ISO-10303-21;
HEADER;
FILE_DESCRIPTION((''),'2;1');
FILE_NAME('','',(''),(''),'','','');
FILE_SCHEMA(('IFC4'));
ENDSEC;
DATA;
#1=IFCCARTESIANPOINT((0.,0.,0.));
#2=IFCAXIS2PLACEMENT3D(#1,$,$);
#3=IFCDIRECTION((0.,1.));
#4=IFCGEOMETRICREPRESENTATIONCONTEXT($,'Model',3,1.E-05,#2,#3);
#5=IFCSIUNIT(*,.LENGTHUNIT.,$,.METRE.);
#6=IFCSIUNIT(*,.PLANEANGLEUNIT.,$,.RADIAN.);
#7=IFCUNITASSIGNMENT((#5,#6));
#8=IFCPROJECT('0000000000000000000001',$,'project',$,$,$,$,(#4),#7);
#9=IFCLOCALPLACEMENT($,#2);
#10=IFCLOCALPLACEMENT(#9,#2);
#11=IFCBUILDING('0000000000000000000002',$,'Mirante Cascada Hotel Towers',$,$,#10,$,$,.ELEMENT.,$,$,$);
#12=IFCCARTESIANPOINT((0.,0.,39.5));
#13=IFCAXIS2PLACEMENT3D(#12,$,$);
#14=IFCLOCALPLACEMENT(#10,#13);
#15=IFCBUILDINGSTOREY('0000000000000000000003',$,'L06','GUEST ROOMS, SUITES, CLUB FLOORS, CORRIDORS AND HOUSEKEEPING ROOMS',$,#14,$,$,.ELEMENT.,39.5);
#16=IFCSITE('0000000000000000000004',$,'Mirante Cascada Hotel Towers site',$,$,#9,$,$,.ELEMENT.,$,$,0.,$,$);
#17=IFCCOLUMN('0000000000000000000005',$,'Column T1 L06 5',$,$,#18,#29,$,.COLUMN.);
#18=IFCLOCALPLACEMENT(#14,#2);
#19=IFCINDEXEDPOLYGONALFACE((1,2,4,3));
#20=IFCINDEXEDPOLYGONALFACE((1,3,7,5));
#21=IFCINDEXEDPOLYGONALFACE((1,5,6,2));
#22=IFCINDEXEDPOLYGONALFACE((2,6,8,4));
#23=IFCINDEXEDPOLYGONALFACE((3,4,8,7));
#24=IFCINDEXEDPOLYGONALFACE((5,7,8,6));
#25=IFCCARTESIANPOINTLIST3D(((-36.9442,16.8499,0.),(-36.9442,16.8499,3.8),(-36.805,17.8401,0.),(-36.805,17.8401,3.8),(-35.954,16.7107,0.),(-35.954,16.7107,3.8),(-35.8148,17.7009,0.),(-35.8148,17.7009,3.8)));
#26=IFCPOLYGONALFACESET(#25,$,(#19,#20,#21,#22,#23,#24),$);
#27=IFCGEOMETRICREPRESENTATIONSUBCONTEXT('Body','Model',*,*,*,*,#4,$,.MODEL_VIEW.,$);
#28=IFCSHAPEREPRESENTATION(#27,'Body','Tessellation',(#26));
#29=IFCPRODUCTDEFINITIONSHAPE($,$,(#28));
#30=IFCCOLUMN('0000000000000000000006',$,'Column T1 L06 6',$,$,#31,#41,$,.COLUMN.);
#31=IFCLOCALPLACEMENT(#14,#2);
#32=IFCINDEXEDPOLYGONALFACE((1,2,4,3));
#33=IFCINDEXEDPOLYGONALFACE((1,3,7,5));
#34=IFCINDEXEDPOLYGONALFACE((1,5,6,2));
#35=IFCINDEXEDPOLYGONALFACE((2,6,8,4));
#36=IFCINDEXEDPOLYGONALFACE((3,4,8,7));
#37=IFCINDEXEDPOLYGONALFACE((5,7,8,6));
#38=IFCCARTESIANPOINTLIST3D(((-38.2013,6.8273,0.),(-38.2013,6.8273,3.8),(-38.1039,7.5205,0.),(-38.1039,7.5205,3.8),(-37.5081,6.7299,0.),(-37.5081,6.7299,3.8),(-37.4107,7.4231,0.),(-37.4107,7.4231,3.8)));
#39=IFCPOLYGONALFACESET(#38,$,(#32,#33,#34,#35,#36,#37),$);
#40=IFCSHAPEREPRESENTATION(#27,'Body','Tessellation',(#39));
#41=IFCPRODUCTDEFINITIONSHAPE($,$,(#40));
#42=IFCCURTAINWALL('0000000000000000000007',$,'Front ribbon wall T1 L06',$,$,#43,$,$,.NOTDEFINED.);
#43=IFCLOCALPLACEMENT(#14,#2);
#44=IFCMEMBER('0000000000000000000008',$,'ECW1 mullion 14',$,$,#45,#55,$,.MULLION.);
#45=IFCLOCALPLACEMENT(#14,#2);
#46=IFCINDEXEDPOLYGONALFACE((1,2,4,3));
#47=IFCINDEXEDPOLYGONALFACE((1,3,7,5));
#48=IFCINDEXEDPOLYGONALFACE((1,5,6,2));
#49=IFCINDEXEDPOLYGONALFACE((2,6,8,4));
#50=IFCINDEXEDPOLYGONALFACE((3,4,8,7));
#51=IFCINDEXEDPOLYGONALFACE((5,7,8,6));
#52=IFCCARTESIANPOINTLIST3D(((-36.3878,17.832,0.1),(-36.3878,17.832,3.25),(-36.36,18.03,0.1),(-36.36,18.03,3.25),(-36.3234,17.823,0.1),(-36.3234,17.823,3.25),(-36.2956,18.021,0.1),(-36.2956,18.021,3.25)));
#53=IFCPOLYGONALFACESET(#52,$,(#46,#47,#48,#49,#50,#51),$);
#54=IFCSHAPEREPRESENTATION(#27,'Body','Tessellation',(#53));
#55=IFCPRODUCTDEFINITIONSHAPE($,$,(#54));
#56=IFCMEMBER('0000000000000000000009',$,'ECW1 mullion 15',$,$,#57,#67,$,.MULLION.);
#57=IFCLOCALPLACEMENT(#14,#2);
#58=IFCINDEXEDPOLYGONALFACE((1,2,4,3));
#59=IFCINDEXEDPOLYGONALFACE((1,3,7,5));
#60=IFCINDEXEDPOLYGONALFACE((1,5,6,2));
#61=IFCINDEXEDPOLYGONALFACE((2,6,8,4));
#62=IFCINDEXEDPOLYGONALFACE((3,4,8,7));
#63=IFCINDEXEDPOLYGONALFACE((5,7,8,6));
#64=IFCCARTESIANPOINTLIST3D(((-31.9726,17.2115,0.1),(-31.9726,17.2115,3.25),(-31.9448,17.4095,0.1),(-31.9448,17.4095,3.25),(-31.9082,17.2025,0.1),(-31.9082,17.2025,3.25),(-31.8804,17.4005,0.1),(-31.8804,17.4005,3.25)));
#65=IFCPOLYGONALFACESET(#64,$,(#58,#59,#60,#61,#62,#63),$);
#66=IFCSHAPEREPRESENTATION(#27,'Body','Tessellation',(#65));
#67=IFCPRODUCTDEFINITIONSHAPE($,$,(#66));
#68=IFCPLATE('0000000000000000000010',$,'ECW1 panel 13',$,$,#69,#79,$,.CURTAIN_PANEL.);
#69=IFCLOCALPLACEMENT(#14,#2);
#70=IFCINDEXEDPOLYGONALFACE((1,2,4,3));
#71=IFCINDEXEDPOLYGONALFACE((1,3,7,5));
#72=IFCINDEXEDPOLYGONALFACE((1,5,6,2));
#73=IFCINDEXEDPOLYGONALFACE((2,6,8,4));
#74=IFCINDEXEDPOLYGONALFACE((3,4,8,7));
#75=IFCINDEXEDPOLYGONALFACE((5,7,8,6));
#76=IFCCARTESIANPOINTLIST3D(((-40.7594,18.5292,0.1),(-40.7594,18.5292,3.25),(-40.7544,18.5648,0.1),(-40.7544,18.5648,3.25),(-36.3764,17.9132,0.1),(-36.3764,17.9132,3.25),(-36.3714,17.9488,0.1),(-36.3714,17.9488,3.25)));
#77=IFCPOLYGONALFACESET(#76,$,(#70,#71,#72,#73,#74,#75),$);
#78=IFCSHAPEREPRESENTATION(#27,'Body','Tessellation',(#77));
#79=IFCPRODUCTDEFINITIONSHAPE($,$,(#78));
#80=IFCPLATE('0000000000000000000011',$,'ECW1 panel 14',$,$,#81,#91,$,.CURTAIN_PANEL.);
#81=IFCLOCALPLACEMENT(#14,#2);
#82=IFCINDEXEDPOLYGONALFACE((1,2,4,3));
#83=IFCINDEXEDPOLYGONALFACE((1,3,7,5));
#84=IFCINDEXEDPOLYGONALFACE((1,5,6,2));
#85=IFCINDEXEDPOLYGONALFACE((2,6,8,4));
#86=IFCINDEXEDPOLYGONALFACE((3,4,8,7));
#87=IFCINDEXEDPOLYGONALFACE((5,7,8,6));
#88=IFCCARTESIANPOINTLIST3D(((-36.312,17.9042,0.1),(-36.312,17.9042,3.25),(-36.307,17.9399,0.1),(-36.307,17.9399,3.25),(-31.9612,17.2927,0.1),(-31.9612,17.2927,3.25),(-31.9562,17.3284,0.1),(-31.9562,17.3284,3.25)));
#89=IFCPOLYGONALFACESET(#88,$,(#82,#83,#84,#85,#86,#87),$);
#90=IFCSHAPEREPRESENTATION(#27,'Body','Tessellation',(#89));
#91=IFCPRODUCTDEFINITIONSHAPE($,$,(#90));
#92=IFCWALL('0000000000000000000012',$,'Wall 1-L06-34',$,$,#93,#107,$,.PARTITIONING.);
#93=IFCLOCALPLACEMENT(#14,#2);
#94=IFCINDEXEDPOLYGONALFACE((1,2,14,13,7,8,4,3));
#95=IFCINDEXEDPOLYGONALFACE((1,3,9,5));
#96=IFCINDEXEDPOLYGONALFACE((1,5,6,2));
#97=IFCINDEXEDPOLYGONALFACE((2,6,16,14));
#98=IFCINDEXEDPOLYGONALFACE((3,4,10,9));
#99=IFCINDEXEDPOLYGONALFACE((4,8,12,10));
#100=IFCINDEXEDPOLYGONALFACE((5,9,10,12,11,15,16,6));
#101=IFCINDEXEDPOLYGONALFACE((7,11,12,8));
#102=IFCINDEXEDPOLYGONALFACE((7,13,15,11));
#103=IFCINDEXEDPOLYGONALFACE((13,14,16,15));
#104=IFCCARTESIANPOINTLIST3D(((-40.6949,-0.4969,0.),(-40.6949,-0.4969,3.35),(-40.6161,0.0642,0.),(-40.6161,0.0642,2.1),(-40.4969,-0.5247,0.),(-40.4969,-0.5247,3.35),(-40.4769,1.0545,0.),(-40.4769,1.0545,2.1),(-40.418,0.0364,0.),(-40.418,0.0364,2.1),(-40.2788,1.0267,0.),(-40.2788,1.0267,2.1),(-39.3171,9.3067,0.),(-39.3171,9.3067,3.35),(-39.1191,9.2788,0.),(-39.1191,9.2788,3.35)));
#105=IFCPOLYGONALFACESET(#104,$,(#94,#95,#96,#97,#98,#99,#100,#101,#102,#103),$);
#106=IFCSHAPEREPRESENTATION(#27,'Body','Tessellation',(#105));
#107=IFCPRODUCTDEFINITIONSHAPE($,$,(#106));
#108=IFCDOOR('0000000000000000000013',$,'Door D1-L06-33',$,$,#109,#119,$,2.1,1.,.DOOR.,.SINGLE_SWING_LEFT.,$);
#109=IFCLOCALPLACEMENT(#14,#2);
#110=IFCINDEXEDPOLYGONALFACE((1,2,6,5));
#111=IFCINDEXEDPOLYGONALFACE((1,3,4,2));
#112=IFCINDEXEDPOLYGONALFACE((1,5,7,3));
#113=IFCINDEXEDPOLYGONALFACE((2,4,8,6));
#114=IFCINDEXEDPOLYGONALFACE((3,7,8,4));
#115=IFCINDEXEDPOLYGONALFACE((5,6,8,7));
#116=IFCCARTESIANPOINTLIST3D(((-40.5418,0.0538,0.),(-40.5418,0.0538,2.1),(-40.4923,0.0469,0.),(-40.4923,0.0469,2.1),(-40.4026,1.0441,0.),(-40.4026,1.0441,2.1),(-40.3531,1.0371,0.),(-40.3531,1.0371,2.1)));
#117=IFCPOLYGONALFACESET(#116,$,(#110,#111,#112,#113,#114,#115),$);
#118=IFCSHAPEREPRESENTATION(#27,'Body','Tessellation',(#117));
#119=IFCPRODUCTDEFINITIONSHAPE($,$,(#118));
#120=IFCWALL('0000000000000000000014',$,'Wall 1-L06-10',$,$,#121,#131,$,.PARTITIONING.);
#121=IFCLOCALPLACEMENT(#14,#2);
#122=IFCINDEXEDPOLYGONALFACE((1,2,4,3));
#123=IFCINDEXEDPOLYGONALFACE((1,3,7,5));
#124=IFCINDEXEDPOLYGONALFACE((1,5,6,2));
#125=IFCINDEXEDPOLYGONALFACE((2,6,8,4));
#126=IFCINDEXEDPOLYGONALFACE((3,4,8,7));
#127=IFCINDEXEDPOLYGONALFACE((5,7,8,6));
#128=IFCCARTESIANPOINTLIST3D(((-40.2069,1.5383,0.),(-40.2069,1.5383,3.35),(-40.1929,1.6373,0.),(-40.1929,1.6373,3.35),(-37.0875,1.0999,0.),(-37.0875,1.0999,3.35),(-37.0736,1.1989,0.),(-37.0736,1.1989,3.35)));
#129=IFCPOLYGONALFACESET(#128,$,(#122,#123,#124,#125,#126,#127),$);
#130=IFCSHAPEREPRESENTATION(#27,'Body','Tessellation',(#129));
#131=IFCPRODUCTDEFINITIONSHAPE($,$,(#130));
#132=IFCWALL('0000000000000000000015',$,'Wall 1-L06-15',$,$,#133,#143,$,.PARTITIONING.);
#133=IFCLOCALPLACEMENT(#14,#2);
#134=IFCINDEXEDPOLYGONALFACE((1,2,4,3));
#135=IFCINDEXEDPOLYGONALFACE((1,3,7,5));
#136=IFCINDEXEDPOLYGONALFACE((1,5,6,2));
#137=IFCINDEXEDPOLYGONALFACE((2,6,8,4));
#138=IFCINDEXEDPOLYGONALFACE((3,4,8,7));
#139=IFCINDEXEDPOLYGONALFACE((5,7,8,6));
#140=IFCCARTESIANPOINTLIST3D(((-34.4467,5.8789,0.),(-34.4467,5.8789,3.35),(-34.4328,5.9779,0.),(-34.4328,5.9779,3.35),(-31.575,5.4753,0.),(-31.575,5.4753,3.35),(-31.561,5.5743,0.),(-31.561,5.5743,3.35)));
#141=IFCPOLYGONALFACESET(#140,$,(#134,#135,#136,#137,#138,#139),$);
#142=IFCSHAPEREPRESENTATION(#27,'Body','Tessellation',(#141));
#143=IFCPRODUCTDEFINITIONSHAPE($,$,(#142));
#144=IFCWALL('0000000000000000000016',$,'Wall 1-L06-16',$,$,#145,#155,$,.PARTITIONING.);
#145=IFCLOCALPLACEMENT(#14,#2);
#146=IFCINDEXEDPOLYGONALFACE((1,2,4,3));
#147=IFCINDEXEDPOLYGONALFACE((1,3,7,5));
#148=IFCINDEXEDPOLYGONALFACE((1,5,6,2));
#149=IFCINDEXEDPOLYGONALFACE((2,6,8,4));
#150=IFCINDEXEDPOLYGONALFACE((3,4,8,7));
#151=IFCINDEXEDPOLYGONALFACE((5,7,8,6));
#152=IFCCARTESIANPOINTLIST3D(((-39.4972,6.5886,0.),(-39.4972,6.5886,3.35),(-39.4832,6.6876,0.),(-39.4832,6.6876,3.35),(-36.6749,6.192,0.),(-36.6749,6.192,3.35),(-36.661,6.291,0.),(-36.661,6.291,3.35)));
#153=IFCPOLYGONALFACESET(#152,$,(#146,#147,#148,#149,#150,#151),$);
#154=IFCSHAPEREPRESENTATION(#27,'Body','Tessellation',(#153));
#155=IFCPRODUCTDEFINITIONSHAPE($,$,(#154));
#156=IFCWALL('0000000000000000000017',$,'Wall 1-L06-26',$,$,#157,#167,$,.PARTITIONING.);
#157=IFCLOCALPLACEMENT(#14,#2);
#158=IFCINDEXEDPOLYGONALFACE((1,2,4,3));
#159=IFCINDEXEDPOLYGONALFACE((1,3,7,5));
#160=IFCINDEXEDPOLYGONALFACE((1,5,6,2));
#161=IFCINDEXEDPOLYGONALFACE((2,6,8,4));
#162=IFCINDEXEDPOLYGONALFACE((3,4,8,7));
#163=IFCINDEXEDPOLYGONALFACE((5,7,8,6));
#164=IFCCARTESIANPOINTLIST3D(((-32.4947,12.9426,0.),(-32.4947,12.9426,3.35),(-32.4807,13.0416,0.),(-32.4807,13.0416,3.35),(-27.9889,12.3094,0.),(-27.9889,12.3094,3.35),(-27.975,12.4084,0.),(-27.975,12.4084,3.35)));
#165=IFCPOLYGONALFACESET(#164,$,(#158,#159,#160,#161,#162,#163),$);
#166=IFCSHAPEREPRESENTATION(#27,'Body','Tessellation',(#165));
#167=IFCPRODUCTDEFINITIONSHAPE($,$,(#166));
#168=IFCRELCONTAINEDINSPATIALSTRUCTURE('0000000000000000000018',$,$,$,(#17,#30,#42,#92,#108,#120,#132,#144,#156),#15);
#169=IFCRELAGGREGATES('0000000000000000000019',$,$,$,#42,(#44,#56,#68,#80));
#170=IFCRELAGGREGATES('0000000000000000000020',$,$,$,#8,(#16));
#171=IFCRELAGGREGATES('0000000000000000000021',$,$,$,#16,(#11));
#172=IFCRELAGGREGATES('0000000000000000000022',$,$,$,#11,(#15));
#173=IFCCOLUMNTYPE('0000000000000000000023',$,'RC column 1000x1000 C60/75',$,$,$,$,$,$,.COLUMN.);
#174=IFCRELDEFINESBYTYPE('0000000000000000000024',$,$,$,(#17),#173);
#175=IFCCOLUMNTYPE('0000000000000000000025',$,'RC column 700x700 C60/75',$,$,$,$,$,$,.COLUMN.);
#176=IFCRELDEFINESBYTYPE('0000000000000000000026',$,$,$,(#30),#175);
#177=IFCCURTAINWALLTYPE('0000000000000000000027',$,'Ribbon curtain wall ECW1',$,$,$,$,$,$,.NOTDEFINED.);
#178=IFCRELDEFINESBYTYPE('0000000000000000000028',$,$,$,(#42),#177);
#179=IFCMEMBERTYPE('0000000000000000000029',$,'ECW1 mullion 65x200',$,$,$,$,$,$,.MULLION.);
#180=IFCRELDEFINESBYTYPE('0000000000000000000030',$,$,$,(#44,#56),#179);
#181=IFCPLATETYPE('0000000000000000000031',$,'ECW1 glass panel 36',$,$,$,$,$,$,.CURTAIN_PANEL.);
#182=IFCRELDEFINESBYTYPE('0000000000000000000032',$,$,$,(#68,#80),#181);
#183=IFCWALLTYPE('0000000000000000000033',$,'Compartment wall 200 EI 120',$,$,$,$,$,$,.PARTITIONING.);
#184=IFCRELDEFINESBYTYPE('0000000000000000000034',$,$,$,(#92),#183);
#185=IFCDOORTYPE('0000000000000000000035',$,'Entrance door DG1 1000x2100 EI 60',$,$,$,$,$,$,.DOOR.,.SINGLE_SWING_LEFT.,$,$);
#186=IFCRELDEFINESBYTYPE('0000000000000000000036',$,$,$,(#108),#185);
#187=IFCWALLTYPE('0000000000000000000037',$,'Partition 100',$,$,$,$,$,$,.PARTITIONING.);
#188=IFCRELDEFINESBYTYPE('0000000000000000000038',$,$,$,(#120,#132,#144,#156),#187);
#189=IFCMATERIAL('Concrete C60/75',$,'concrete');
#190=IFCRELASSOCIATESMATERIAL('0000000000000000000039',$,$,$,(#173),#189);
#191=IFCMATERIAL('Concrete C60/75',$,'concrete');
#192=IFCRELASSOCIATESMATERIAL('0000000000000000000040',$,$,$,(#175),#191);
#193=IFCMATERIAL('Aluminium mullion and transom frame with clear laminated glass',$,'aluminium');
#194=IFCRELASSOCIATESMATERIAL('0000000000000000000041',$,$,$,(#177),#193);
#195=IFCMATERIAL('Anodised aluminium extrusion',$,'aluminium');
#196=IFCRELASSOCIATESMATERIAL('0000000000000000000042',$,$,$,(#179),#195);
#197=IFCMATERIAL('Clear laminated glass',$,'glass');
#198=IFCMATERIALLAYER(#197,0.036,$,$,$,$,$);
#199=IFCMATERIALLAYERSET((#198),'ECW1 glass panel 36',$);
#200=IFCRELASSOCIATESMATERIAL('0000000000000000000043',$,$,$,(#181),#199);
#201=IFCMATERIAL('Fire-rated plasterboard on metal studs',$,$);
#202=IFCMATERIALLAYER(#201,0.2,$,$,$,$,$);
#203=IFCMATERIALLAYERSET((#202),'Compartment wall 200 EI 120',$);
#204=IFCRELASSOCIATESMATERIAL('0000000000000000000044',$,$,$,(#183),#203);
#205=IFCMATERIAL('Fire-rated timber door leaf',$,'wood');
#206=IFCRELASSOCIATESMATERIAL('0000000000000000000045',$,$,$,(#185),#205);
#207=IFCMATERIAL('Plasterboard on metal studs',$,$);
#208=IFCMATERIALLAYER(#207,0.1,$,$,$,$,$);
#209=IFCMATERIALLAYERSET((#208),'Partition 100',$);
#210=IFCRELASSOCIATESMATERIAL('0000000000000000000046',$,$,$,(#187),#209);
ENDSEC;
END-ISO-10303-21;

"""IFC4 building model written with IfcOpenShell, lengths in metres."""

from ifc_helpers import new_model, si_unit, direction, frame, frame_2d, origin, origin_2d, place, context, subcontext, project, spatial, rectangle, extrude, material, layer, layer_set, material_profile, profile_set, type_object, element, fill, aggregate, save


model = new_model("IFC4")

# Units and contexts
model_context = context("Model", 3, precision=1e-05, world=origin(), true_north=direction((0.0, 1.0)))
body_context = subcontext(model_context, "Body", "Model", "MODEL_VIEW")
ifc_project = project(units=[si_unit("LENGTHUNIT", "METRE"), si_unit("PLANEANGLEUNIT", "RADIAN")], contexts=[model_context])

# Site, building, storey
site_placement = place(None, origin())
site = spatial("IfcSite", under=ifc_project, at=site_placement, Name="Mirante Cascada Hotel Towers site", CompositionType="ELEMENT", RefElevation=0.0)
building_placement = place(site_placement, origin())
building = spatial("IfcBuilding", under=site, at=building_placement, Name="Mirante Cascada Hotel Towers", CompositionType="ELEMENT")
storey_placement = place(building_placement, frame((0.0, 0.0, 39.5)))
storey = spatial("IfcBuildingStorey", under=building, at=storey_placement, Name="L06", Description="GUEST ROOMS, SUITES, CLUB FLOORS, CORRIDORS AND HOUSEKEEPING ROOMS", CompositionType="ELEMENT", Elevation=39.5)

# Columns
ifc_material_1 = material(Name="Concrete C60/75", Category="concrete")
ifc_material_profile_1 = material_profile(ifc_material_1, rectangle(XDim=1.0, YDim=1.0, at=origin_2d()), Name="RC column 1000x1000 C60/75")
ifc_profile_set_1 = profile_set([ifc_material_profile_1], Name="Concrete C60/75")
column_type_1 = type_object("IfcColumnType", Name="RC column 1000x1000 C60/75", PredefinedType="COLUMN", material=ifc_profile_set_1)
column_1_placement = place(storey_placement, frame((-36.3795, 17.2754, 0.0), z_axis=(0.0, 0.0, 1.0), x_axis=(-0.990268, 0.139173, 0.0)))
element("IfcColumn", 1, at=column_1_placement, inside=storey, type_object=column_type_1, Name="Column T1 L06 5", PredefinedType="COLUMN", context=body_context, shape_type="SweptSolid", body=[
    extrude(rectangle(XDim=1.0, YDim=1.0, at=origin_2d()), origin(), (0.0, 0.0, 1.0), 3.8),
])
ifc_material_2 = material(Name="Concrete C60/75", Category="concrete")
ifc_material_profile_2 = material_profile(ifc_material_2, rectangle(XDim=0.7, YDim=0.7, at=origin_2d()), Name="RC column 700x700 C60/75")
ifc_profile_set_2 = profile_set([ifc_material_profile_2], Name="Concrete C60/75")
column_type_2 = type_object("IfcColumnType", Name="RC column 700x700 C60/75", PredefinedType="COLUMN", material=ifc_profile_set_2)
column_2_placement = place(storey_placement, frame((-37.806, 7.1252, 0.0), z_axis=(0.0, 0.0, 1.0), x_axis=(-0.990268, 0.139173, 0.0)))
element("IfcColumn", 2, at=column_2_placement, inside=storey, type_object=column_type_2, Name="Column T1 L06 6", PredefinedType="COLUMN", context=body_context, shape_type="SweptSolid", body=[
    extrude(rectangle(XDim=0.7, YDim=0.7, at=origin_2d()), origin(), (0.0, 0.0, 1.0), 3.8),
])

# Curtain wall, members, plates
ifc_material_3 = material(Name="Aluminium mullion and transom frame with clear laminated glass", Category="aluminium")
curtain_wall_type = type_object("IfcCurtainWallType", Name="Ribbon curtain wall ECW1", PredefinedType="NOTDEFINED", material=ifc_material_3)
curtain_wall_placement = place(storey_placement, origin())
curtain_wall = element("IfcCurtainWall", 3, at=curtain_wall_placement, inside=storey, type_object=curtain_wall_type, Name="Front ribbon wall T1 L06", PredefinedType="NOTDEFINED")
ifc_material_4 = material(Name="Anodised aluminium extrusion", Category="aluminium")
ifc_material_profile_3 = material_profile(ifc_material_4, rectangle(XDim=0.2, YDim=0.065, at=origin_2d()), Name="ECW1 MULLION 65x200")
ifc_profile_set_3 = profile_set([ifc_material_profile_3], Name="Anodised aluminium extrusion")
member_type = type_object("IfcMemberType", Name="ECW1 mullion 65x200", PredefinedType="MULLION", material=ifc_profile_set_3)
member_1_placement = place(storey_placement, frame((-36.3417, 17.9265, 0.1), z_axis=(0.0, 0.0, 1.0), x_axis=(0.139173, 0.990268, 0.0)))
member_1 = element("IfcMember", 4, at=member_1_placement, type_object=member_type, Name="ECW1 mullion 14", PredefinedType="MULLION", context=body_context, shape_type="SweptSolid", body=[
    extrude(rectangle(XDim=0.2, YDim=0.065, at=origin_2d()), origin(), (0.0, 0.0, 1.0), 3.15),
])
member_2_placement = place(storey_placement, frame((-31.9265, 17.306, 0.1), z_axis=(0.0, 0.0, 1.0), x_axis=(0.139173, 0.990268, 0.0)))
member_2 = element("IfcMember", 5, at=member_2_placement, type_object=member_type, Name="ECW1 mullion 15", PredefinedType="MULLION", context=body_context, shape_type="SweptSolid", body=[
    extrude(rectangle(XDim=0.2, YDim=0.065, at=origin_2d()), origin(), (0.0, 0.0, 1.0), 3.15),
])
ifc_material_5 = material(Name="Clear laminated glass", Category="glass")
ifc_layer_1 = layer(ifc_material_5, 0.036)
ifc_layer_set_1 = layer_set([ifc_layer_1], Name="ECW1 glass panel 36")
plate_type = type_object("IfcPlateType", Name="ECW1 glass panel 36", PredefinedType="CURTAIN_PANEL", material=ifc_layer_set_1)
plate_1_placement = place(storey_placement, frame((-38.5654, 18.239, 0.1), z_axis=(0.0, 0.0, 1.0), x_axis=(0.990268, -0.139173, 0.0)))
plate_1 = element("IfcPlate", 6, at=plate_1_placement, type_object=plate_type, Name="ECW1 panel 13", PredefinedType="CURTAIN_PANEL", context=body_context, shape_type="SweptSolid", body=[
    extrude(rectangle(XDim=4.4261, YDim=0.036, at=origin_2d()), origin(), (0.0, 0.0, 1.0), 3.15),
])
plate_2_placement = place(storey_placement, frame((-34.1341, 17.6163, 0.1), z_axis=(0.0, 0.0, 1.0), x_axis=(0.990268, -0.139173, 0.0)))
plate_2 = element("IfcPlate", 7, at=plate_2_placement, type_object=plate_type, Name="ECW1 panel 14", PredefinedType="CURTAIN_PANEL", context=body_context, shape_type="SweptSolid", body=[
    extrude(rectangle(XDim=4.3936, YDim=0.036, at=origin_2d()), origin(), (0.0, 0.0, 1.0), 3.15),
])
aggregate(curtain_wall, [member_1, member_2, plate_1, plate_2])

# Wall, opening, door
ifc_material_6 = material(Name="Fire-rated plasterboard on metal studs")
ifc_layer_2 = layer(ifc_material_6, 0.2)
ifc_layer_set_2 = layer_set([ifc_layer_2], Name="Compartment wall 200 EI 120")
wall_type_1 = type_object("IfcWallType", Name="Compartment wall 200 EI 120", PredefinedType="PARTITIONING", material=ifc_layer_set_2)
wall_1_placement = place(storey_placement, frame((-39.2181, 9.2928, 0.0), z_axis=(0.0, 0.0, 1.0), x_axis=(-0.139173, -0.990268, 0.0)))
wall_1 = element("IfcWall", 8, at=wall_1_placement, inside=storey, type_object=wall_type_1, Name="Wall 1-L06-34", PredefinedType="PARTITIONING", context=body_context, shape_type="SweptSolid", body=[
    extrude(rectangle(XDim=9.8999, YDim=0.2, at=frame_2d((4.95, 0.0))), origin(), (0.0, 0.0, 1.0), 3.35),
])
opening_1_placement = place(wall_1_placement, frame((8.3333, 0.0, 0.0)))
opening_1 = element("IfcOpeningElement", 9, at=opening_1_placement, cuts=wall_1, PredefinedType="OPENING", context=body_context, shape_type="SweptSolid", body=[
    extrude(rectangle(XDim=1.0, YDim=2.1, at=frame_2d((0.5, 1.05))), frame((0.0, 0.1, 0.0), z_axis=(0.0, -1.0, 0.0), x_axis=(1.0, 0.0, 0.0)), (0.0, 0.0, 1.0), 0.2),
])
ifc_material_7 = material(Name="Fire-rated timber door leaf", Category="wood")
door_type_1 = type_object("IfcDoorType", Name="Entrance door DG1 1000x2100 EI 60", OperationType="SINGLE_SWING_LEFT", PredefinedType="DOOR", material=ifc_material_7)
door_1_placement = place(opening_1_placement, origin())
door_1 = element("IfcDoor", 10, at=door_1_placement, inside=storey, type_object=door_type_1, Name="Door D1-L06-33", OperationType="SINGLE_SWING_LEFT", OverallHeight=2.1, OverallWidth=1.0, PredefinedType="DOOR", context=body_context, shape_type="SweptSolid", body=[
    extrude(rectangle(XDim=1.0, YDim=2.1, at=frame_2d((0.5, 1.05))), frame((0.0, 0.025, 0.0), z_axis=(0.0, -1.0, 0.0), x_axis=(1.0, 0.0, 0.0)), (0.0, 0.0, 1.0), 0.05),
])
fill(opening_1, door_1)

# Walls
ifc_material_8 = material(Name="Plasterboard on metal studs")
ifc_layer_3 = layer(ifc_material_8, 0.1)
ifc_layer_set_3 = layer_set([ifc_layer_3], Name="Partition 100")
wall_type_2 = type_object("IfcWallType", Name="Partition 100", PredefinedType="PARTITIONING", material=ifc_layer_set_3)
wall_2_placement = place(storey_placement, frame((-40.1999, 1.5878, 0.0), z_axis=(0.0, 0.0, 1.0), x_axis=(0.990268, -0.139177, 0.0)))
element("IfcWall", 11, at=wall_2_placement, inside=storey, type_object=wall_type_2, Name="Wall 1-L06-10", PredefinedType="PARTITIONING", context=body_context, shape_type="SweptSolid", body=[
    extrude(rectangle(XDim=3.15, YDim=0.1, at=frame_2d((1.575, 0.0))), origin(), (0.0, 0.0, 1.0), 3.35),
])
wall_3_placement = place(storey_placement, frame((-31.568, 5.5248, 0.0), z_axis=(0.0, 0.0, 1.0), x_axis=(-0.990268, 0.139171, 0.0)))
element("IfcWall", 12, at=wall_3_placement, inside=storey, type_object=wall_type_2, Name="Wall 1-L06-15", PredefinedType="PARTITIONING", context=body_context, shape_type="SweptSolid", body=[
    extrude(rectangle(XDim=2.9, YDim=0.1, at=frame_2d((1.45, 0.0))), origin(), (0.0, 0.0, 1.0), 3.35),
])
wall_4_placement = place(storey_placement, frame((-39.4902, 6.6381, 0.0), z_axis=(0.0, 0.0, 1.0), x_axis=(0.99027, -0.139156, 0.0)))
element("IfcWall", 13, at=wall_4_placement, inside=storey, type_object=wall_type_2, Name="Wall 1-L06-16", PredefinedType="PARTITIONING", context=body_context, shape_type="SweptSolid", body=[
    extrude(rectangle(XDim=2.85, YDim=0.1, at=frame_2d((1.425, 0.0))), origin(), (0.0, 0.0, 1.0), 3.35),
])
wall_5_placement = place(storey_placement, frame((-32.4877, 12.9921, 0.0), z_axis=(0.0, 0.0, 1.0), x_axis=(0.990269, -0.139166, 0.0)))
element("IfcWall", 14, at=wall_5_placement, inside=storey, type_object=wall_type_2, Name="Wall 1-L06-26", PredefinedType="PARTITIONING", context=body_context, shape_type="SweptSolid", body=[
    extrude(rectangle(XDim=4.55, YDim=0.1, at=frame_2d((2.275, 0.0))), origin(), (0.0, 0.0, 1.0), 3.35),
])

save(model, "model.ifc")
